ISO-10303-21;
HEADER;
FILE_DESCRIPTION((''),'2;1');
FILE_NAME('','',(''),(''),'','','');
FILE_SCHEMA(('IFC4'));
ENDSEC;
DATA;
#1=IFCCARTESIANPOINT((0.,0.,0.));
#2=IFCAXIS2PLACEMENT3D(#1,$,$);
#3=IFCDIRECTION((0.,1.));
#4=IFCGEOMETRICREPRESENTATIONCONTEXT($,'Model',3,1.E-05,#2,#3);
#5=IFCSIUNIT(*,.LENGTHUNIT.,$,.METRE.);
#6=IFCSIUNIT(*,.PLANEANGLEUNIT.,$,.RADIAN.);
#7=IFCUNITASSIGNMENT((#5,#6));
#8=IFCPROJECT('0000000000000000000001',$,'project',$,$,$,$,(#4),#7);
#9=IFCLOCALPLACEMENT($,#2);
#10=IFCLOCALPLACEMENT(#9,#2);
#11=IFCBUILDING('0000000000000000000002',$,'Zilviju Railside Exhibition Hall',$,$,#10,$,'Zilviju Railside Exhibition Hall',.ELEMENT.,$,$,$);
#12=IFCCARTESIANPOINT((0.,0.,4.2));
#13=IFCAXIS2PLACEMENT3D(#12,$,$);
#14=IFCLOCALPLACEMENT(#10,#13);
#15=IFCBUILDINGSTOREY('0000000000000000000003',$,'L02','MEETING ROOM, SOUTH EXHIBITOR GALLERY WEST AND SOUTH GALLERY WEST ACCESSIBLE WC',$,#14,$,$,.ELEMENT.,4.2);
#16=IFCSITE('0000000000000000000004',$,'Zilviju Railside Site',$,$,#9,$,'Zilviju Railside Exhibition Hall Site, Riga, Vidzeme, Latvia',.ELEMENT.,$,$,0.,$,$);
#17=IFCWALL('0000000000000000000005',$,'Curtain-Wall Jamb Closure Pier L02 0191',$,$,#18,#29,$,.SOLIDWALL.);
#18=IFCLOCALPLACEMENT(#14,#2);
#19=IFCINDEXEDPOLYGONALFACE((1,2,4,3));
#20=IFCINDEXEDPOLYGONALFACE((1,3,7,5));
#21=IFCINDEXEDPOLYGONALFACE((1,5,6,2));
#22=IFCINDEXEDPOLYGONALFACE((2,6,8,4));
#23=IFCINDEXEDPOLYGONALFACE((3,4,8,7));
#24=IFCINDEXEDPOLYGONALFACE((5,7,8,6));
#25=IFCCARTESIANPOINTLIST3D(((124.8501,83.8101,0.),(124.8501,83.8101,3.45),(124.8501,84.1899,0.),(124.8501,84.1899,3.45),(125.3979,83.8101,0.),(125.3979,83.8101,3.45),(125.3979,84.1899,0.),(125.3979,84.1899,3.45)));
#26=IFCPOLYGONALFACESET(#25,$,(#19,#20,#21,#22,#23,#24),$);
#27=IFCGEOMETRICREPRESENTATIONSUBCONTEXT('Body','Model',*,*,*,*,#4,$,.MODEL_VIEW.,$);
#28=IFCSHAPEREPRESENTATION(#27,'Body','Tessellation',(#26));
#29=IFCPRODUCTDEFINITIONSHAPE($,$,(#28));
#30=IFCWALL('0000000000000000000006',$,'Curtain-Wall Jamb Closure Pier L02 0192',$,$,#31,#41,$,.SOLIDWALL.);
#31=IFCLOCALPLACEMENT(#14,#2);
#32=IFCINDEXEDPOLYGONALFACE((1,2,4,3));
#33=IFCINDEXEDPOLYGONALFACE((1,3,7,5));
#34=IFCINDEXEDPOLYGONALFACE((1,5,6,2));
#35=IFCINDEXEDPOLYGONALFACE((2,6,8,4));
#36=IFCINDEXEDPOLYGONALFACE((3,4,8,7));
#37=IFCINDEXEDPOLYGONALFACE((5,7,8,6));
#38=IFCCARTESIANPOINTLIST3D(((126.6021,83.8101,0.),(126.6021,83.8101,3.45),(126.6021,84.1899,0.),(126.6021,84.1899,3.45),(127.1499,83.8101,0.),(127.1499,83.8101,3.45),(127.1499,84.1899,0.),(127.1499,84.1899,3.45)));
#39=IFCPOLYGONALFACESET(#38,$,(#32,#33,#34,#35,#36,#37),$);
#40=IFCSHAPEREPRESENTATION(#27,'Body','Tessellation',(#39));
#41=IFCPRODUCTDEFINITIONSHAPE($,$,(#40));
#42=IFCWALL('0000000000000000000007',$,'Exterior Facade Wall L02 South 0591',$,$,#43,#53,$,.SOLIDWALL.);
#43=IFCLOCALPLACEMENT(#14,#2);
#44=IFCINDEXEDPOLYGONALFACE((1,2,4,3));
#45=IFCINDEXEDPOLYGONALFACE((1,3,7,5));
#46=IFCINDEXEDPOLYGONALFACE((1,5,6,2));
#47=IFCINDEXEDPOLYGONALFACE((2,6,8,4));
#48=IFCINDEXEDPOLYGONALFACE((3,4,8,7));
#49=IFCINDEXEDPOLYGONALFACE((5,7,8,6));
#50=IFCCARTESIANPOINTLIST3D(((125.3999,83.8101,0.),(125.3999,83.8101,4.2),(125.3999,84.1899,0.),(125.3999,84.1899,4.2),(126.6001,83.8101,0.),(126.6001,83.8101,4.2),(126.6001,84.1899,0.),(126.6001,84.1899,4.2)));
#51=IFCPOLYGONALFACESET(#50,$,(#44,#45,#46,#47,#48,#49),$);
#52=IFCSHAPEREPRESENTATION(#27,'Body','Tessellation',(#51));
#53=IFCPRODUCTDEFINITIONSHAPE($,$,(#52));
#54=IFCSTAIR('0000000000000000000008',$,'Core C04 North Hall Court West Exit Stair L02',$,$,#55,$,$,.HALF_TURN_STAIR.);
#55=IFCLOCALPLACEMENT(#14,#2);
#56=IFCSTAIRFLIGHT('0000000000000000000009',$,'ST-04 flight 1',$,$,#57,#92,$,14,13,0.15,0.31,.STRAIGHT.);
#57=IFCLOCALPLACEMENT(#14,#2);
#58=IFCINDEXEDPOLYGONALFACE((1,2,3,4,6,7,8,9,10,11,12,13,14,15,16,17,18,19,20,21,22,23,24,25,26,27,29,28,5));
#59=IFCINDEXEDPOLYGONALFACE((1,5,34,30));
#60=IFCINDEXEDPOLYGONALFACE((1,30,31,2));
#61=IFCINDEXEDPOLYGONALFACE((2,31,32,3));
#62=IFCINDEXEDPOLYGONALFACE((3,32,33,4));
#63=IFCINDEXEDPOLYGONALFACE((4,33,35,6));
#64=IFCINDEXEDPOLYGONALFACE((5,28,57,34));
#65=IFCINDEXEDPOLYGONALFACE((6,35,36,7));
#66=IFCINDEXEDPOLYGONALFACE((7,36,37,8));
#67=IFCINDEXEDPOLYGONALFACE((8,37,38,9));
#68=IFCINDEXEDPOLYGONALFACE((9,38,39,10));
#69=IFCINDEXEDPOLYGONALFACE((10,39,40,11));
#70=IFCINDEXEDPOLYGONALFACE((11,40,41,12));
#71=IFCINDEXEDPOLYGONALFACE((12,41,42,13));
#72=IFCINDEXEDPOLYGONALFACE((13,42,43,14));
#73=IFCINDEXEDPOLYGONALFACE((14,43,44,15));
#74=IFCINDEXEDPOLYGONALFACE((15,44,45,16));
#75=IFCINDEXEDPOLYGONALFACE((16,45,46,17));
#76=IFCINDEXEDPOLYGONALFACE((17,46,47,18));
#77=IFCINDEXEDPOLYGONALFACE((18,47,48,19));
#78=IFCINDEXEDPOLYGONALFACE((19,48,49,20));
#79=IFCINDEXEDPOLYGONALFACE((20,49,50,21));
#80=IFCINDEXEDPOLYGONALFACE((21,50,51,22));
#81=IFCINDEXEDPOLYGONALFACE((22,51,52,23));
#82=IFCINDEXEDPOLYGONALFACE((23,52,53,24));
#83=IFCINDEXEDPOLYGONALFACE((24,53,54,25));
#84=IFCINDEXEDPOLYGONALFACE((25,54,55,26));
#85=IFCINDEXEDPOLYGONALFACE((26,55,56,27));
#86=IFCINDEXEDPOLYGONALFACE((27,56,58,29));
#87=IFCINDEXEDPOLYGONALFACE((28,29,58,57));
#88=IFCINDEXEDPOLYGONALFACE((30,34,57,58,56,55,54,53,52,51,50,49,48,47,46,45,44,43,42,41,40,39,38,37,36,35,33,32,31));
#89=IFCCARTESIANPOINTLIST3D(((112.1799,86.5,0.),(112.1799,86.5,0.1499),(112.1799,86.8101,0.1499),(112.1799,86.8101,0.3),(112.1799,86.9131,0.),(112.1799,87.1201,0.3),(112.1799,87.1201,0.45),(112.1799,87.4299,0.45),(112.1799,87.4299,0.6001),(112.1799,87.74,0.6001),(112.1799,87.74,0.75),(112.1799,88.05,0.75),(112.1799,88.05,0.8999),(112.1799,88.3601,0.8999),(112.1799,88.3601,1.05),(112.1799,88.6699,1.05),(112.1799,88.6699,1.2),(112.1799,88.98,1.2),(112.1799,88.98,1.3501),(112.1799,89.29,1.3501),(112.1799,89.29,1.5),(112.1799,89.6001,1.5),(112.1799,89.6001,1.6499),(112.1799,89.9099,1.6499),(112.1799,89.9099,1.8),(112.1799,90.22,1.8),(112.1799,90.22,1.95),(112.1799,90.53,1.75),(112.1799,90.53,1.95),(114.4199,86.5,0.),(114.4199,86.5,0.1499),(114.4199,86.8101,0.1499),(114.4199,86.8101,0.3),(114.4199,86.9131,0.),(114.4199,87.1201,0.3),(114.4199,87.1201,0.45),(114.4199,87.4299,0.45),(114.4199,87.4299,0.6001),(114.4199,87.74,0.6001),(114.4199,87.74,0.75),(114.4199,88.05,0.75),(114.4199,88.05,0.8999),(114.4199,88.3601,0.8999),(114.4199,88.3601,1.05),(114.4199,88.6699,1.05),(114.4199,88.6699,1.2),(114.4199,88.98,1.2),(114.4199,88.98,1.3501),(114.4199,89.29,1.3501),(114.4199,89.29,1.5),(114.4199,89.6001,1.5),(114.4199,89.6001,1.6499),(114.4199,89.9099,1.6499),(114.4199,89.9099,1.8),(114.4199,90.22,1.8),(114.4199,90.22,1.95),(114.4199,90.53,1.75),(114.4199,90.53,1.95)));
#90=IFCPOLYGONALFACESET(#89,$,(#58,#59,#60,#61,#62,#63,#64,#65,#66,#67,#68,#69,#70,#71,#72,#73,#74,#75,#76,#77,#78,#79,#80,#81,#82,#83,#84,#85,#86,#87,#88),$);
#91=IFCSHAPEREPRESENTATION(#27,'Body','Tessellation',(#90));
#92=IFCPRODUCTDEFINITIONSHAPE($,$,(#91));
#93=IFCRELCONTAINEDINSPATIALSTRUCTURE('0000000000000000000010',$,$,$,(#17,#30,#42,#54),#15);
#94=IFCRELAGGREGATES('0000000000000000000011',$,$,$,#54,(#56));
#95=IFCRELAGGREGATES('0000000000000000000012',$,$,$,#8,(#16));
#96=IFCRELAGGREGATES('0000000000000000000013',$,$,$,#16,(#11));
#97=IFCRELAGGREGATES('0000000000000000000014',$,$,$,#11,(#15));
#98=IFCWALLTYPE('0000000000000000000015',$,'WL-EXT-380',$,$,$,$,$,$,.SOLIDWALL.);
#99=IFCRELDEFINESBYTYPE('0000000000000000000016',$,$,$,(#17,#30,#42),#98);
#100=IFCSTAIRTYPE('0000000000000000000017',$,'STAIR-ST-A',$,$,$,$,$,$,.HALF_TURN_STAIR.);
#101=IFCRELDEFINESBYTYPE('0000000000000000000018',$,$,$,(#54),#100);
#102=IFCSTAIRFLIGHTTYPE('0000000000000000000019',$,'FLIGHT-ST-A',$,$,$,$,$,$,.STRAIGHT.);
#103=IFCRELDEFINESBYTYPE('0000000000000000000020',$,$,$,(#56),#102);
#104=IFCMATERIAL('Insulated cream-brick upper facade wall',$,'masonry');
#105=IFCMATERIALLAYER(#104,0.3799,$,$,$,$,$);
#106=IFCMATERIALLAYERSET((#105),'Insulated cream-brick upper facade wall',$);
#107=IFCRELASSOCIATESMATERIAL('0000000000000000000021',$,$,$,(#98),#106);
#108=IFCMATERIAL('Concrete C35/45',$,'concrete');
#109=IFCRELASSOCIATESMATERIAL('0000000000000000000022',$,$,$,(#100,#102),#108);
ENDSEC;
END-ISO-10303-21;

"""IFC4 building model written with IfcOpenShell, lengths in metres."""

from ifc_helpers import new_model, si_unit, direction, frame, frame_2d, origin, place, context, subcontext, project, spatial, polyline, rectangle, outline, extrude, material, layer, layer_set, type_object, element, aggregate, save


model = new_model("IFC4")

# Units and contexts
model_context = context("Model", 3, precision=1e-05, world=origin(), true_north=direction((0.0, 1.0)))
body_context = subcontext(model_context, "Body", "Model", "MODEL_VIEW")
ifc_project = project(units=[si_unit("LENGTHUNIT", "METRE"), si_unit("PLANEANGLEUNIT", "RADIAN")], contexts=[model_context])

# Site, building, storey
site_placement = place(None, origin())
site = spatial("IfcSite", under=ifc_project, at=site_placement, Name="Zilviju Railside Site", LongName="Zilviju Railside Exhibition Hall Site, Riga, Vidzeme, Latvia", CompositionType="ELEMENT", RefElevation=0.0)
building_placement = place(site_placement, origin())
building = spatial("IfcBuilding", under=site, at=building_placement, Name="Zilviju Railside Exhibition Hall", LongName="Zilviju Railside Exhibition Hall", CompositionType="ELEMENT")
storey_placement = place(building_placement, frame((0.0, 0.0, 4.2)))
storey = spatial("IfcBuildingStorey", under=building, at=storey_placement, Name="L02", Description="MEETING ROOM, SOUTH EXHIBITOR GALLERY WEST AND SOUTH GALLERY WEST ACCESSIBLE WC", CompositionType="ELEMENT", Elevation=4.2)

# Shared definitions
ifc_material_1 = material(Name="Concrete C35/45", Category="concrete")

# Walls
ifc_material_2 = material(Name="Insulated cream-brick upper facade wall", Category="masonry")
ifc_layer_1 = layer(ifc_material_2, 0.3799)
ifc_layer_set_1 = layer_set([ifc_layer_1], Name="Insulated cream-brick upper facade wall")
wall_type_1 = type_object("IfcWallType", Name="WL-EXT-380", PredefinedType="SOLIDWALL", material=ifc_layer_set_1)
for number, where, z_axis, x_axis, name in (
    (1, (125.3979, 84.0, 0.0), (0.0, 0.0, 1.0), (-1.0, 0.0, 0.0), "Curtain-Wall Jamb Closure Pier L02 0191"),
    (2, (127.1499, 84.0, 0.0), (0.0, 0.0, 1.0), (-1.0, 0.0, 0.0), "Curtain-Wall Jamb Closure Pier L02 0192"),
):
    element("IfcWall", number, at=place(storey_placement, frame(where, z_axis=z_axis, x_axis=x_axis)), inside=storey, type_object=wall_type_1, Name=name, PredefinedType="SOLIDWALL", context=body_context, shape_type="SweptSolid", body=[
        extrude(rectangle(XDim=0.5479, YDim=0.3799, at=frame_2d((0.2739, 0.0))), origin(), (0.0, 0.0, 1.0), 3.45),
    ])
wall_1_placement = place(storey_placement, frame((126.6001, 84.0, 0.0), z_axis=(0.0, 0.0, 1.0), x_axis=(-1.0, 0.0, 0.0)))
element("IfcWall", 3, at=wall_1_placement, inside=storey, type_object=wall_type_1, Name="Exterior Facade Wall L02 South 0591", PredefinedType="SOLIDWALL", context=body_context, shape_type="SweptSolid", body=[
    extrude(rectangle(XDim=1.2002, YDim=0.3799, at=frame_2d((0.6001, 0.0))), origin(), (0.0, 0.0, 1.0), 4.2),
])

# Stair, stair flight
stair_type = type_object("IfcStairType", Name="STAIR-ST-A", PredefinedType="HALF_TURN_STAIR", material=ifc_material_1)
stair_placement = place(storey_placement, origin())
stair = element("IfcStair", 4, at=stair_placement, inside=storey, type_object=stair_type, Name="Core C04 North Hall Court West Exit Stair L02", PredefinedType="HALF_TURN_STAIR")
stair_flight_type = type_object("IfcStairFlightType", Name="FLIGHT-ST-A", PredefinedType="STRAIGHT", material=ifc_material_1)
stair_flight_placement = place(storey_placement, frame((113.3, 86.5, 0.0), z_axis=(0.0, 0.0, 1.0), x_axis=(0.0, 1.0, 0.0)))
stair_flight = element("IfcStairFlight", 5, at=stair_flight_placement, type_object=stair_flight_type, Name="ST-04 flight 1", NumberOfRisers=14, NumberOfTreads=13, PredefinedType="STRAIGHT", RiserHeight=0.15, TreadLength=0.31, context=body_context, shape_type="SweptSolid", body=[
    extrude(outline(polyline([(0.0, 0.0), (0.0, 0.1499), (0.3101, 0.1499), (0.3101, 0.3), (0.6201, 0.3), (0.6201, 0.45), (0.9299, 0.45), (0.9299, 0.6001), (1.24, 0.6001), (1.24, 0.75), (1.55, 0.75), (1.55, 0.8999), (1.8601, 0.8999), (1.8601, 1.05), (2.1699, 1.05), (2.1699, 1.2), (2.48, 1.2), (2.48, 1.3501), (2.79, 1.3501), (2.79, 1.5), (3.1001, 1.5), (3.1001, 1.6499), (3.4099, 1.6499), (3.4099, 1.8), (3.72, 1.8), (3.72, 1.95), (4.03, 1.95), (4.03, 2.1001), (4.03, 1.75), (0.4131, 0.0), (0.0, 0.0)])), frame((0.0, 1.1201, 0.0), z_axis=(0.0, -1.0, 0.0), x_axis=(1.0, 0.0, 0.0)), (0.0, 0.0, 1.0), 2.24),
])
aggregate(stair, [stair_flight])

save(model, "model.ifc")
